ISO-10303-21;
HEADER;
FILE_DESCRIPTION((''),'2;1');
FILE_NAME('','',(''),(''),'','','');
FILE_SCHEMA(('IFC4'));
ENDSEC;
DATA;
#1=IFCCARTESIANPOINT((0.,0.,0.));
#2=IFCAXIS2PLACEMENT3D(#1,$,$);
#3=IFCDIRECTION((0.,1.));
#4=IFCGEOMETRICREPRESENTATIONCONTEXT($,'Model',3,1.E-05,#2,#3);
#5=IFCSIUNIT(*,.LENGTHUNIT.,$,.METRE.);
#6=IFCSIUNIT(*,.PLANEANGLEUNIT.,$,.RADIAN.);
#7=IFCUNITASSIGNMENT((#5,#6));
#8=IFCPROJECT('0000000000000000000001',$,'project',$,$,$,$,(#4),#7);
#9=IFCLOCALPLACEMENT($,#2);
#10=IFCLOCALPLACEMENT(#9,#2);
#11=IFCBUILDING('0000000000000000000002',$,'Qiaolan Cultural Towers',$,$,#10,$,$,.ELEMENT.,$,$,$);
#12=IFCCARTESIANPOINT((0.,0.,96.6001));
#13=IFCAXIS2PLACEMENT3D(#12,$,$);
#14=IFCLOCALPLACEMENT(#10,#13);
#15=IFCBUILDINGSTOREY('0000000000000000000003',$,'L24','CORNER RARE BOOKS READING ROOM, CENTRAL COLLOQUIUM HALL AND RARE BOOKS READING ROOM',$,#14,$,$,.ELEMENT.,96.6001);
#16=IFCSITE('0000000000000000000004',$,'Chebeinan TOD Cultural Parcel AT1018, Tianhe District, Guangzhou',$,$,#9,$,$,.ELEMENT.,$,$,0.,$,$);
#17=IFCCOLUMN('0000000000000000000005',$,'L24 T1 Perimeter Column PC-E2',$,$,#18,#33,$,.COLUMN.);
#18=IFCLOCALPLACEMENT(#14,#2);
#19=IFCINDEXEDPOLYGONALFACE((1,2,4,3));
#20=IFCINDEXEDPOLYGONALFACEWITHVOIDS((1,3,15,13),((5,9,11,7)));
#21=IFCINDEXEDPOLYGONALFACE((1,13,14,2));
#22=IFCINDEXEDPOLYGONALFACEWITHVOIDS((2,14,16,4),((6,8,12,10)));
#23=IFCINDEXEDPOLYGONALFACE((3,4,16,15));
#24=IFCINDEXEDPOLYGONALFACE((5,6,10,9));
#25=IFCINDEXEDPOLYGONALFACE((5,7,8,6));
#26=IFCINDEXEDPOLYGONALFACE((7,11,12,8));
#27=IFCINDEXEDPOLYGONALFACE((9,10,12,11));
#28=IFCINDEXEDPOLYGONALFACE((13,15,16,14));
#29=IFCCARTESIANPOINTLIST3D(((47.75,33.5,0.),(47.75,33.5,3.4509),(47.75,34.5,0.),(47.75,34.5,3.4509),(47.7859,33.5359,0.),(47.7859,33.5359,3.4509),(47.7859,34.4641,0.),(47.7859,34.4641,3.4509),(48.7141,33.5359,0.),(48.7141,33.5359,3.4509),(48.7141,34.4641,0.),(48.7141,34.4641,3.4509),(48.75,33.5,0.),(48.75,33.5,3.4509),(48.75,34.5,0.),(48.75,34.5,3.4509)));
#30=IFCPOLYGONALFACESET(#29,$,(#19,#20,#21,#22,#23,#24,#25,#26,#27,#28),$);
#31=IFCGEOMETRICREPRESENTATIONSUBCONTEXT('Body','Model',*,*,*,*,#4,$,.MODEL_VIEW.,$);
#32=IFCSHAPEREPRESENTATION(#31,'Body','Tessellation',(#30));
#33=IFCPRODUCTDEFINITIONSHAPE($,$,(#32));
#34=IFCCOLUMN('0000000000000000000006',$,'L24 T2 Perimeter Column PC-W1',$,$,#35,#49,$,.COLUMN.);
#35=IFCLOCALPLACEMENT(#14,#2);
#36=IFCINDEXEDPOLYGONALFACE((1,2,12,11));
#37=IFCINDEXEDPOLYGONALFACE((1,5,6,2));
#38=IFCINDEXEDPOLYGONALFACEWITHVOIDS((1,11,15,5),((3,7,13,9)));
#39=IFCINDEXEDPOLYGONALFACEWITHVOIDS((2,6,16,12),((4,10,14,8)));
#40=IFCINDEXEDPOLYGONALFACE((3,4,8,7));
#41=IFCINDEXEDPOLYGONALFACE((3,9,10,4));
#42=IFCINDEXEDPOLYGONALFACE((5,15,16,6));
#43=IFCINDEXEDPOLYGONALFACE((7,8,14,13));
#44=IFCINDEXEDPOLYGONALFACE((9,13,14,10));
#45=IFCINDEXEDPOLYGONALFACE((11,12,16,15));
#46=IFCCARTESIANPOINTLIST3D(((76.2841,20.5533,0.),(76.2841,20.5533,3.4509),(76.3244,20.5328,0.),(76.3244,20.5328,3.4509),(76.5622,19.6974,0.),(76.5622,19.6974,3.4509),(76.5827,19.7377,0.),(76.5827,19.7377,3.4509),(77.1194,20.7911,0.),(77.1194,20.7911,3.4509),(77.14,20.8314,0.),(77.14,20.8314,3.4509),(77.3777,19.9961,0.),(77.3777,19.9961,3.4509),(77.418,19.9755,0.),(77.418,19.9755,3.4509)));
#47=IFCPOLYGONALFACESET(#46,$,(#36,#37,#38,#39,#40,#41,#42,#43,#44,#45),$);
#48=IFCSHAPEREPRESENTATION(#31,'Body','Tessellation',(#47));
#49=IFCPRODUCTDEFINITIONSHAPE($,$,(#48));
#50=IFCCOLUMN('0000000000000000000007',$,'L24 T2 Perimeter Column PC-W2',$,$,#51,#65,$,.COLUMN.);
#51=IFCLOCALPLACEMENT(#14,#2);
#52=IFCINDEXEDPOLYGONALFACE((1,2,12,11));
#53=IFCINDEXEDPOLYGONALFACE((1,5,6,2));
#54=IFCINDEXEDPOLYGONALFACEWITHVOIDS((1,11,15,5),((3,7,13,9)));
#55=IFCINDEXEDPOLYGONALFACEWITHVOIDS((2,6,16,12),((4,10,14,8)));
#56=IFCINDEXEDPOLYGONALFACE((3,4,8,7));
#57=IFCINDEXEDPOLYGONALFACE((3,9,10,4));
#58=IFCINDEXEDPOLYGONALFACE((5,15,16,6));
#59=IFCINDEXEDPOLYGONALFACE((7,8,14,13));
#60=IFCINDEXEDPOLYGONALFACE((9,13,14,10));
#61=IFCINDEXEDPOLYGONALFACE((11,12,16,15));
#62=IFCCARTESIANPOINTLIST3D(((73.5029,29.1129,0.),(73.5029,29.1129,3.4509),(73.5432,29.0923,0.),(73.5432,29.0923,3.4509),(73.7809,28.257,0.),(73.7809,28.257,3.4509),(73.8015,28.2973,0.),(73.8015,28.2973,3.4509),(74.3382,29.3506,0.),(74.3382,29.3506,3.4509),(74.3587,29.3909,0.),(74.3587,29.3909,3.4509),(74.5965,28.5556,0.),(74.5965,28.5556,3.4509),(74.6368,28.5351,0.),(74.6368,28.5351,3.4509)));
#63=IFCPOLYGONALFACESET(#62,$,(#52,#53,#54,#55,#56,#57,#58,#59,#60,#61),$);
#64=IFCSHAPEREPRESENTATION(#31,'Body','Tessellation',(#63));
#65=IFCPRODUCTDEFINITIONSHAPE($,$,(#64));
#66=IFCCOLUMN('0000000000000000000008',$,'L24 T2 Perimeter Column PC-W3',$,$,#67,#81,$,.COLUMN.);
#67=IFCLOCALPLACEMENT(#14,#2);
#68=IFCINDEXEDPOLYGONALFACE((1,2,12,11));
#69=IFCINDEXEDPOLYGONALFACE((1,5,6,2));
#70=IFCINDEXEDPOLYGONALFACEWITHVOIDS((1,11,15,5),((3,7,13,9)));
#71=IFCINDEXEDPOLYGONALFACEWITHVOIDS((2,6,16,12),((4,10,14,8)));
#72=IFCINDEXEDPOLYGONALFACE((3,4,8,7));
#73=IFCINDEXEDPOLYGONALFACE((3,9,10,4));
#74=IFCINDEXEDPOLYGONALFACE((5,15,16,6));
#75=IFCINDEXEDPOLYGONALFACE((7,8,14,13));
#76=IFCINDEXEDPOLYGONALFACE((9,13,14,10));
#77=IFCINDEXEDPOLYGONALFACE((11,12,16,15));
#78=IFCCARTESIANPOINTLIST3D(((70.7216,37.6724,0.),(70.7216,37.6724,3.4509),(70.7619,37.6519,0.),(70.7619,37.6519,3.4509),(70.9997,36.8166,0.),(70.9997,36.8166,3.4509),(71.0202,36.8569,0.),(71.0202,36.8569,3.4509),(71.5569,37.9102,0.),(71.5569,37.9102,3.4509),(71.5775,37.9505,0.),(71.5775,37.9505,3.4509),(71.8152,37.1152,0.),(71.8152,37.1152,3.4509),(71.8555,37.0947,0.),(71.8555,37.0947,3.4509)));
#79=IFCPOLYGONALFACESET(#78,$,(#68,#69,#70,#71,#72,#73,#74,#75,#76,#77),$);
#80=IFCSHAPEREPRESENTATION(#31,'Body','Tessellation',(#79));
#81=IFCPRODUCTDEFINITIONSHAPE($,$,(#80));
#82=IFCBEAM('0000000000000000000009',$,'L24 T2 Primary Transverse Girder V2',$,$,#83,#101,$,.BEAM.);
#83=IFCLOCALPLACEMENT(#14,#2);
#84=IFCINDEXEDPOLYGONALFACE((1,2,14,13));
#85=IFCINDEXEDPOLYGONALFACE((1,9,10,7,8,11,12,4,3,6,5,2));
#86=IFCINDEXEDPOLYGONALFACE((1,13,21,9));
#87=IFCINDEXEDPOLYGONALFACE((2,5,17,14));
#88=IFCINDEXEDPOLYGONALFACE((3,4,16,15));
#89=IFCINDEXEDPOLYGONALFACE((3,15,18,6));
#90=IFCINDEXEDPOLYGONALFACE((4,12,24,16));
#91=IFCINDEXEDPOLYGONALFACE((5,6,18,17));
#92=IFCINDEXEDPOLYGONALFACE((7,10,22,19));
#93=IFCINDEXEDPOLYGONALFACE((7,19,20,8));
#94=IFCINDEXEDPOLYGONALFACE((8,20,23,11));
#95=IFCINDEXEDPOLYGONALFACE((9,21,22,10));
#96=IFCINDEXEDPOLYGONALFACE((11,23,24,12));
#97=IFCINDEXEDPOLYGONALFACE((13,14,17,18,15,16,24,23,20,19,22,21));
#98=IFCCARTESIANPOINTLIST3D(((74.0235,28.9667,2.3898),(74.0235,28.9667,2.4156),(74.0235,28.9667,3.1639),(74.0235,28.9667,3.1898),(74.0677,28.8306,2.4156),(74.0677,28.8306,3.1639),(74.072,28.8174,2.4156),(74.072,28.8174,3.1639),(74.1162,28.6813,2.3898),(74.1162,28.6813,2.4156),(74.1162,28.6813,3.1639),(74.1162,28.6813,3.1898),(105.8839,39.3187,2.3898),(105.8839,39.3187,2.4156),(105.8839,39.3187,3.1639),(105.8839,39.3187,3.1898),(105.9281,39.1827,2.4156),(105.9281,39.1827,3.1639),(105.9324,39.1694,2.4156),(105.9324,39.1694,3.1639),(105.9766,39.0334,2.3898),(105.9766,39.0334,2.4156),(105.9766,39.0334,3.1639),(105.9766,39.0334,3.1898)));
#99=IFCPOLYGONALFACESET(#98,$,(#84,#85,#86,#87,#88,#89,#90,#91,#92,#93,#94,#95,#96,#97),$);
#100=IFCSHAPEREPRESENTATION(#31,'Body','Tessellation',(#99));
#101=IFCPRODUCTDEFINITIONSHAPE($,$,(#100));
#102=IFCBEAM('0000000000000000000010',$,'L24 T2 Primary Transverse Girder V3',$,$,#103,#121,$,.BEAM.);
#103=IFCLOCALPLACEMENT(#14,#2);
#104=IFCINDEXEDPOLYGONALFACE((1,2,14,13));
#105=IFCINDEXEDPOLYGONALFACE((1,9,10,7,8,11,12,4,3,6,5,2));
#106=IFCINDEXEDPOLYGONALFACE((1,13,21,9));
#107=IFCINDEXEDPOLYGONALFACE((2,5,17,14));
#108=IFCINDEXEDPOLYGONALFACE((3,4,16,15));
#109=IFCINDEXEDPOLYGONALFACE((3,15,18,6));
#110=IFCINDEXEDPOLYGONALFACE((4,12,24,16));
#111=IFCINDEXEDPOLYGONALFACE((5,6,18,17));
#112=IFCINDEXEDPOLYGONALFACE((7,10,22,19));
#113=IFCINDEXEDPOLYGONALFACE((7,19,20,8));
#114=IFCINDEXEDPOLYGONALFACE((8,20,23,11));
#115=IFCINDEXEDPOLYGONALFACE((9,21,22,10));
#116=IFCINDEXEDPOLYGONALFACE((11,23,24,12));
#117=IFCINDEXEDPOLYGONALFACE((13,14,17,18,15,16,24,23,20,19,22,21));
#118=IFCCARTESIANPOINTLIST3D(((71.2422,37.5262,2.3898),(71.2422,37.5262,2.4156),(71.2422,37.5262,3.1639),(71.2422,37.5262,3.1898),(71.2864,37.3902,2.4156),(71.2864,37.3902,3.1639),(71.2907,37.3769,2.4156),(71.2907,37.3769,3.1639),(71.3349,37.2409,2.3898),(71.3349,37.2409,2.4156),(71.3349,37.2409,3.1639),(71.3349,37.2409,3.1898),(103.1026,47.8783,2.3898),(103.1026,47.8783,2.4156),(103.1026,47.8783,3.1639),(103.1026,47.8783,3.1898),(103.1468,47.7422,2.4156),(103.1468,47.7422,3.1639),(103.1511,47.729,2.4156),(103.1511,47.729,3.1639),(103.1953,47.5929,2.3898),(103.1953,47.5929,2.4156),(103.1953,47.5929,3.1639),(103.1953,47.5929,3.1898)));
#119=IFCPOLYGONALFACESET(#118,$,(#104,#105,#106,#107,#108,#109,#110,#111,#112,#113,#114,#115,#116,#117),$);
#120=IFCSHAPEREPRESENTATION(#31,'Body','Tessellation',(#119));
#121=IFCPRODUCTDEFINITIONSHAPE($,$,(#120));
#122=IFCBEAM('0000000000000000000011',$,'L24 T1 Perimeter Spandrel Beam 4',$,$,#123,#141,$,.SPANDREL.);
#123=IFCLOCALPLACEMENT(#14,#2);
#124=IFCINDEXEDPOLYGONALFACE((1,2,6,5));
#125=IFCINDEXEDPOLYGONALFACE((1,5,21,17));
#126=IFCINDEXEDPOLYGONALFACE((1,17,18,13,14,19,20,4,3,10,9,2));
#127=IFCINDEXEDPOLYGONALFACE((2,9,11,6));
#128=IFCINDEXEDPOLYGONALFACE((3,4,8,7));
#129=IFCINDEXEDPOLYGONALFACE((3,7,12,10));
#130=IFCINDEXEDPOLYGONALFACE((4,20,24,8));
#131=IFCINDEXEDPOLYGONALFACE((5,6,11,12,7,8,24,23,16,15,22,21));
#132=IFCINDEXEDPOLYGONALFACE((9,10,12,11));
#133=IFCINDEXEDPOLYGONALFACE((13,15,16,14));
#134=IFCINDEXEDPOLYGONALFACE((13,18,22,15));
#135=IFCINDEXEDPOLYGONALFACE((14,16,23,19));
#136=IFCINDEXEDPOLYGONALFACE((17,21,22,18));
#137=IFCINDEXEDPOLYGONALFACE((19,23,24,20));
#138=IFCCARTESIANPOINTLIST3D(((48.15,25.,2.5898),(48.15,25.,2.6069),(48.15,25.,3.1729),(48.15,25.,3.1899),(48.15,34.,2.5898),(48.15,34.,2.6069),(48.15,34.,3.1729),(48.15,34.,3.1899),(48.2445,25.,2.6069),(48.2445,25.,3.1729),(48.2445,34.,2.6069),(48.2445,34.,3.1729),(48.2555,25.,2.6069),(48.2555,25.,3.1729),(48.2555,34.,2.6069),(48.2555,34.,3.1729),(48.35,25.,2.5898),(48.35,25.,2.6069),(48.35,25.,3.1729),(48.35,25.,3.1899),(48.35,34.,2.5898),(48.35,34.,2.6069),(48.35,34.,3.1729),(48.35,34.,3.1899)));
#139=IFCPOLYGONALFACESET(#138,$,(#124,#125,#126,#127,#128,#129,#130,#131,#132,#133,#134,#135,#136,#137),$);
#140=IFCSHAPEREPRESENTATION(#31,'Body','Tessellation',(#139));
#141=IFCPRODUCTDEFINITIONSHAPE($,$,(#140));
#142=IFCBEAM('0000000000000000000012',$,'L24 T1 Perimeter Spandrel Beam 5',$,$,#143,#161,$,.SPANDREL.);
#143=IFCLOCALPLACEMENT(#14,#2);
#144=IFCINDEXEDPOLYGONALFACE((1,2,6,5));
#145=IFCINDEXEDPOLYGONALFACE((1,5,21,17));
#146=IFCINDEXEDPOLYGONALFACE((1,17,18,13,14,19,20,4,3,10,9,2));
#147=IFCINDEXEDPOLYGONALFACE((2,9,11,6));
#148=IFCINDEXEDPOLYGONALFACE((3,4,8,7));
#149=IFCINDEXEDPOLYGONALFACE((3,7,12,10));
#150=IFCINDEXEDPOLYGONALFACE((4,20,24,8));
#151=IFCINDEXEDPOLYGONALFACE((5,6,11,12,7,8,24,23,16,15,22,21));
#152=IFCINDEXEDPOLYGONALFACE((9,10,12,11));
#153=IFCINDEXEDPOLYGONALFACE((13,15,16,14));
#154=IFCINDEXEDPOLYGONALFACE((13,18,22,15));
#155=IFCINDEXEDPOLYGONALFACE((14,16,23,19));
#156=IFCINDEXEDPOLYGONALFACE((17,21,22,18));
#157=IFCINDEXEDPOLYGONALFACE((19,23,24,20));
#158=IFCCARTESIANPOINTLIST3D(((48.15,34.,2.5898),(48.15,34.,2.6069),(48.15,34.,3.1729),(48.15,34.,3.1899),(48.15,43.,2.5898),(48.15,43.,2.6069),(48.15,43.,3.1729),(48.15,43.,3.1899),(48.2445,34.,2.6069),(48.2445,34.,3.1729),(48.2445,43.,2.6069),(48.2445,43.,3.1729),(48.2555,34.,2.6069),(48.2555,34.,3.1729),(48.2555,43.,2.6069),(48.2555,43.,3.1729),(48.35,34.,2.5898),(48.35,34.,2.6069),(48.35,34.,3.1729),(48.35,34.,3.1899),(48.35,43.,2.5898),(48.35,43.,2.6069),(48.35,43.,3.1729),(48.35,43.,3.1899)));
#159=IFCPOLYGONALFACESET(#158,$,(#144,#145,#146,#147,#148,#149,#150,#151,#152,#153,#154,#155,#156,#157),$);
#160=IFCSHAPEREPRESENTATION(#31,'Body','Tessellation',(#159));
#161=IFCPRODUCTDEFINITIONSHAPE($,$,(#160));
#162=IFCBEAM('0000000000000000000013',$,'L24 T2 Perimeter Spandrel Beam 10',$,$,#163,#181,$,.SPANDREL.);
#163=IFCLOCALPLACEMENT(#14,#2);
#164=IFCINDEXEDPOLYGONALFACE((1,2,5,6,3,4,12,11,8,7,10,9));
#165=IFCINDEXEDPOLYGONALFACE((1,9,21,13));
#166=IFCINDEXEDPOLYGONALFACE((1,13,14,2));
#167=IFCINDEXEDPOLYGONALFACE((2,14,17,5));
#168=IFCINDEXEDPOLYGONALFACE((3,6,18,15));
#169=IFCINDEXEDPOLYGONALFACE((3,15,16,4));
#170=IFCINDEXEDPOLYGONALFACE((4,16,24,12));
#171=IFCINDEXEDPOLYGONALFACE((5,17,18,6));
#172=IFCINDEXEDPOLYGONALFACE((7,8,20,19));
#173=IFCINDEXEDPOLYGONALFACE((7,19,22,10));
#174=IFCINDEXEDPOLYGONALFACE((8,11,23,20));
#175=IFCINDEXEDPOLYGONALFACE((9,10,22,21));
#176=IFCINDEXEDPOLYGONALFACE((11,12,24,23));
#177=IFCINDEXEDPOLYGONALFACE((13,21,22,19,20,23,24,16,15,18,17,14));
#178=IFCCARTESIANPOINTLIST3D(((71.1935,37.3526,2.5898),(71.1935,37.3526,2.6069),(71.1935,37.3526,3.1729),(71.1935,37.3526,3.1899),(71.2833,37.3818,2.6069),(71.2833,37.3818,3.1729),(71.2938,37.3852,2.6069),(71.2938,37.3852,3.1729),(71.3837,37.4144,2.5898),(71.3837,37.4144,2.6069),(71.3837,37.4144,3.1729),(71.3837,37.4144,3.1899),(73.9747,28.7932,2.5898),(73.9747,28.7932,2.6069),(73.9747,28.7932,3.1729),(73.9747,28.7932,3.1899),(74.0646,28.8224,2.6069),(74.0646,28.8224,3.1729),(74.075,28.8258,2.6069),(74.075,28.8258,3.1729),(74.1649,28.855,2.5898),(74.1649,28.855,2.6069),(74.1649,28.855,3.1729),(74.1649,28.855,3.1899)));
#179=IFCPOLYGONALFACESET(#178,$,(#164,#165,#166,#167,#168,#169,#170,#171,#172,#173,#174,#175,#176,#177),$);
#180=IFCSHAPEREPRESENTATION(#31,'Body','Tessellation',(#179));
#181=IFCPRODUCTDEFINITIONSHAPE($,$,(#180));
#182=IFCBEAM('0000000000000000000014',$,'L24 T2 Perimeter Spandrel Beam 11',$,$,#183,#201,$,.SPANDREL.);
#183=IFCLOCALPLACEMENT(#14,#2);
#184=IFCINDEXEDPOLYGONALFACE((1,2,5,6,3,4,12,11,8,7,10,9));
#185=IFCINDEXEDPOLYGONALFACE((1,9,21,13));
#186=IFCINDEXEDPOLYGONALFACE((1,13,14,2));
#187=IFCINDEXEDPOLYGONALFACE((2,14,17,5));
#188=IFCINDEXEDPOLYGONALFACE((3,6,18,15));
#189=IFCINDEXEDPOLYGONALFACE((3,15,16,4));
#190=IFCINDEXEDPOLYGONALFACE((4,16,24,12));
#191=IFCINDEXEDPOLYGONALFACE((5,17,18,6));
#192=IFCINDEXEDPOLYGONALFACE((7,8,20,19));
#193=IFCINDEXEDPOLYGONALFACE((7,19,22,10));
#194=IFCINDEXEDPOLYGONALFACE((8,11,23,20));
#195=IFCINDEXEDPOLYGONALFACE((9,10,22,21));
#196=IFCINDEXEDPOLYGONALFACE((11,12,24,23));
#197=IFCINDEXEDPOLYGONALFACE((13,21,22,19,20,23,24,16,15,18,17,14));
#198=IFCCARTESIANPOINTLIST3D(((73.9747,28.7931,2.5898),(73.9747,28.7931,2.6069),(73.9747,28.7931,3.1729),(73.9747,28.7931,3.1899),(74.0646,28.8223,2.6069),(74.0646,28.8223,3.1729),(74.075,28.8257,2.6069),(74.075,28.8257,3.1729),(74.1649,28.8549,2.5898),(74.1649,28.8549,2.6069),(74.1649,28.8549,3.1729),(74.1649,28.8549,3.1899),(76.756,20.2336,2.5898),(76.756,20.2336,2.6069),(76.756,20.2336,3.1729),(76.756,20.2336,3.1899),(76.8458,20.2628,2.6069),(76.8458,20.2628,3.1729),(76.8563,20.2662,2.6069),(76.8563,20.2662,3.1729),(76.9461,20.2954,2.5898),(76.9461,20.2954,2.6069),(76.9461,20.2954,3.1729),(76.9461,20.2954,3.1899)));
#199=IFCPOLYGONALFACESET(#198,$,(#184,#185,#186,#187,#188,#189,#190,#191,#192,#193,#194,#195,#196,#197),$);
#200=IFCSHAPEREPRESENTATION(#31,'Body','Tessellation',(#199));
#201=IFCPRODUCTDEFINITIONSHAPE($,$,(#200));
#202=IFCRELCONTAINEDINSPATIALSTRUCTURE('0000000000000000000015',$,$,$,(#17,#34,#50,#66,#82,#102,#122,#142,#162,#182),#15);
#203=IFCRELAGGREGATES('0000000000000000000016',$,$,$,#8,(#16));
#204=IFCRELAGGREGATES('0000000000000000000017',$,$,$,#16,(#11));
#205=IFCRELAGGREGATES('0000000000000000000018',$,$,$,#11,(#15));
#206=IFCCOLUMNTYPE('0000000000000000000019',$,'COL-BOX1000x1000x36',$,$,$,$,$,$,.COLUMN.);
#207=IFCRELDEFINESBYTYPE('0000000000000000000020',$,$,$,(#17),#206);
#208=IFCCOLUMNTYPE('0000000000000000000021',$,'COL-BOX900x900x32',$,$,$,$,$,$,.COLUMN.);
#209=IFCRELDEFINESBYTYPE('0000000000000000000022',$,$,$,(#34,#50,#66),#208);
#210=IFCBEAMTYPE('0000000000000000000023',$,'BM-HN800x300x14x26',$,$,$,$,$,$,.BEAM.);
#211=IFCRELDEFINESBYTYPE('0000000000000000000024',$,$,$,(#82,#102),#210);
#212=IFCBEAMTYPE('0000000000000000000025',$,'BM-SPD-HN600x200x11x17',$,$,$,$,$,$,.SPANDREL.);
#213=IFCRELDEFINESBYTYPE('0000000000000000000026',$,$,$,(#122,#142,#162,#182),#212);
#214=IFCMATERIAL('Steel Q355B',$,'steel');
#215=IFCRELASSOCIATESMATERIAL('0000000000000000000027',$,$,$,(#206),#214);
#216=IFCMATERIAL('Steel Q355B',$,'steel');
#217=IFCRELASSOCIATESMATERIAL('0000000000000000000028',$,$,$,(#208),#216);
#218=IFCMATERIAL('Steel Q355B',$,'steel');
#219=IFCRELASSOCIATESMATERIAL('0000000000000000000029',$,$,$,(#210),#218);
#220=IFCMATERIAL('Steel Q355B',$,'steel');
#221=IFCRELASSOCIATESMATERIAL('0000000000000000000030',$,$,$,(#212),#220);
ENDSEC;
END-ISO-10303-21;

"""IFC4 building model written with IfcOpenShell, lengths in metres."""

from ifc_helpers import new_model, si_unit, direction, frame, origin, origin_2d, place, context, subcontext, project, spatial, hollow_rectangle, i_section, extrude, material, material_profile, profile_set, type_object, element, save


model = new_model("IFC4")

# Units and contexts
model_context = context("Model", 3, precision=1e-05, world=origin(), true_north=direction((0.0, 1.0)))
body_context = subcontext(model_context, "Body", "Model", "MODEL_VIEW")
ifc_project = project(units=[si_unit("LENGTHUNIT", "METRE"), si_unit("PLANEANGLEUNIT", "RADIAN")], contexts=[model_context])

# Site, building, storey
site_placement = place(None, origin())
site = spatial("IfcSite", under=ifc_project, at=site_placement, Name="Chebeinan TOD Cultural Parcel AT1018, Tianhe District, Guangzhou", CompositionType="ELEMENT", RefElevation=0.0)
building_placement = place(site_placement, origin())
building = spatial("IfcBuilding", under=site, at=building_placement, Name="Qiaolan Cultural Towers", CompositionType="ELEMENT")
storey_placement = place(building_placement, frame((0.0, 0.0, 96.6001)))
storey = spatial("IfcBuildingStorey", under=building, at=storey_placement, Name="L24", Description="CORNER RARE BOOKS READING ROOM, CENTRAL COLLOQUIUM HALL AND RARE BOOKS READING ROOM", CompositionType="ELEMENT", Elevation=96.6001)

# Columns
ifc_material_1 = material(Name="Steel Q355B", Category="steel")
ifc_material_profile_1 = material_profile(ifc_material_1, hollow_rectangle(XDim=1.0, YDim=1.0, WallThickness=0.0359, at=origin_2d()), Name="BOX1000x1000x36")
ifc_profile_set_1 = profile_set([ifc_material_profile_1], Name="Steel Q355B")
column_type_1 = type_object("IfcColumnType", Name="COL-BOX1000x1000x36", PredefinedType="COLUMN", material=ifc_profile_set_1)
column_placement = place(storey_placement, frame((48.25, 34.0, 0.0), z_axis=(0.0, 0.0, 1.0), x_axis=(1.0, 0.0, 0.0)))
element("IfcColumn", 1, at=column_placement, inside=storey, type_object=column_type_1, Name="L24 T1 Perimeter Column PC-E2", PredefinedType="COLUMN", context=body_context, shape_type="SweptSolid", body=[
    extrude(hollow_rectangle(XDim=1.0, YDim=1.0, WallThickness=0.0359, at=origin_2d()), origin(), (0.0, 0.0, 1.0), 3.4509),
])
ifc_material_2 = material(Name="Steel Q355B", Category="steel")
ifc_material_profile_2 = material_profile(ifc_material_2, hollow_rectangle(XDim=0.8999, YDim=0.8999, WallThickness=0.032, at=origin_2d()), Name="BOX900x900x32")
ifc_profile_set_2 = profile_set([ifc_material_profile_2], Name="Steel Q355B")
column_type_2 = type_object("IfcColumnType", Name="COL-BOX900x900x32", PredefinedType="COLUMN", material=ifc_profile_set_2)
for number, where, z_axis, x_axis, name in (
    (2, (76.8511, 20.2644, 0.0), (0.0, 0.0, 1.0), (0.951057, 0.309017, 0.0), "L24 T2 Perimeter Column PC-W1"),
    (3, (74.0698, 28.824, 0.0), (0.0, 0.0, 1.0), (0.951057, 0.309017, 0.0), "L24 T2 Perimeter Column PC-W2"),
    (4, (71.2886, 37.3835, 0.0), (0.0, 0.0, 1.0), (0.951057, 0.309017, 0.0), "L24 T2 Perimeter Column PC-W3"),
):
    element("IfcColumn", number, at=place(storey_placement, frame(where, z_axis=z_axis, x_axis=x_axis)), inside=storey, type_object=column_type_2, Name=name, PredefinedType="COLUMN", context=body_context, shape_type="SweptSolid", body=[
        extrude(hollow_rectangle(XDim=0.8999, YDim=0.8999, WallThickness=0.032, at=origin_2d()), origin(), (0.0, 0.0, 1.0), 3.4509),
    ])

# Beams
ifc_material_3 = material(Name="Steel Q355B", Category="steel")
ifc_material_profile_3 = material_profile(ifc_material_3, i_section(OverallWidth=0.3, OverallDepth=0.8, WebThickness=0.0139, FlangeThickness=0.0259, at=origin_2d()), Name="HN800x300x14x26")
ifc_profile_set_3 = profile_set([ifc_material_profile_3], Name="Steel Q355B")
beam_type_1 = type_object("IfcBeamType", Name="BM-HN800x300x14x26", PredefinedType="BEAM", material=ifc_profile_set_3)
for number, where, z_axis, x_axis, name in (
    (5, (74.0698, 28.824, 2.7898), (0.951057, 0.309017, 0.0), (-0.309017, 0.951057, 0.0), "L24 T2 Primary Transverse Girder V2"),
    (6, (71.2886, 37.3835, 2.7898), (0.951057, 0.309017, 0.0), (-0.309017, 0.951057, 0.0), "L24 T2 Primary Transverse Girder V3"),
):
    element("IfcBeam", number, at=place(storey_placement, frame(where, z_axis=z_axis, x_axis=x_axis)), inside=storey, type_object=beam_type_1, Name=name, PredefinedType="BEAM", context=body_context, shape_type="SweptSolid", body=[
        extrude(i_section(OverallWidth=0.3, OverallDepth=0.8, WebThickness=0.0139, FlangeThickness=0.0259, at=origin_2d()), origin(), (0.0, 0.0, 1.0), 33.5),
    ])
ifc_material_4 = material(Name="Steel Q355B", Category="steel")
ifc_material_profile_4 = material_profile(ifc_material_4, i_section(OverallWidth=0.2, OverallDepth=0.6001, WebThickness=0.011, FlangeThickness=0.0171, at=origin_2d()), Name="HN600x200x11x17")
ifc_profile_set_4 = profile_set([ifc_material_profile_4], Name="Steel Q355B")
beam_type_2 = type_object("IfcBeamType", Name="BM-SPD-HN600x200x11x17", PredefinedType="SPANDREL", material=ifc_profile_set_4)
for number, where, z_axis, x_axis, name in (
    (7, (48.25, 25.0, 2.8899), (0.0, 1.0, 0.0), (-1.0, 0.0, 0.0), "L24 T1 Perimeter Spandrel Beam 4"),
    (8, (48.25, 34.0, 2.8899), (0.0, 1.0, 0.0), (-1.0, 0.0, 0.0), "L24 T1 Perimeter Spandrel Beam 5"),
    (9, (71.2886, 37.3835, 2.8899), (0.309025, -0.951054, 0.0), (0.951054, 0.309025, 0.0), "L24 T2 Perimeter Spandrel Beam 10"),
    (10, (74.0698, 28.824, 2.8899), (0.309025, -0.951054, 0.0), (0.951054, 0.309025, 0.0), "L24 T2 Perimeter Spandrel Beam 11"),
):
    element("IfcBeam", number, at=place(storey_placement, frame(where, z_axis=z_axis, x_axis=x_axis)), inside=storey, type_object=beam_type_2, Name=name, PredefinedType="SPANDREL", context=body_context, shape_type="SweptSolid", body=[
        extrude(i_section(OverallWidth=0.2, OverallDepth=0.6001, WebThickness=0.011, FlangeThickness=0.0171, at=origin_2d()), origin(), (0.0, 0.0, 1.0), 9.0),
    ])

save(model, "model.ifc")
